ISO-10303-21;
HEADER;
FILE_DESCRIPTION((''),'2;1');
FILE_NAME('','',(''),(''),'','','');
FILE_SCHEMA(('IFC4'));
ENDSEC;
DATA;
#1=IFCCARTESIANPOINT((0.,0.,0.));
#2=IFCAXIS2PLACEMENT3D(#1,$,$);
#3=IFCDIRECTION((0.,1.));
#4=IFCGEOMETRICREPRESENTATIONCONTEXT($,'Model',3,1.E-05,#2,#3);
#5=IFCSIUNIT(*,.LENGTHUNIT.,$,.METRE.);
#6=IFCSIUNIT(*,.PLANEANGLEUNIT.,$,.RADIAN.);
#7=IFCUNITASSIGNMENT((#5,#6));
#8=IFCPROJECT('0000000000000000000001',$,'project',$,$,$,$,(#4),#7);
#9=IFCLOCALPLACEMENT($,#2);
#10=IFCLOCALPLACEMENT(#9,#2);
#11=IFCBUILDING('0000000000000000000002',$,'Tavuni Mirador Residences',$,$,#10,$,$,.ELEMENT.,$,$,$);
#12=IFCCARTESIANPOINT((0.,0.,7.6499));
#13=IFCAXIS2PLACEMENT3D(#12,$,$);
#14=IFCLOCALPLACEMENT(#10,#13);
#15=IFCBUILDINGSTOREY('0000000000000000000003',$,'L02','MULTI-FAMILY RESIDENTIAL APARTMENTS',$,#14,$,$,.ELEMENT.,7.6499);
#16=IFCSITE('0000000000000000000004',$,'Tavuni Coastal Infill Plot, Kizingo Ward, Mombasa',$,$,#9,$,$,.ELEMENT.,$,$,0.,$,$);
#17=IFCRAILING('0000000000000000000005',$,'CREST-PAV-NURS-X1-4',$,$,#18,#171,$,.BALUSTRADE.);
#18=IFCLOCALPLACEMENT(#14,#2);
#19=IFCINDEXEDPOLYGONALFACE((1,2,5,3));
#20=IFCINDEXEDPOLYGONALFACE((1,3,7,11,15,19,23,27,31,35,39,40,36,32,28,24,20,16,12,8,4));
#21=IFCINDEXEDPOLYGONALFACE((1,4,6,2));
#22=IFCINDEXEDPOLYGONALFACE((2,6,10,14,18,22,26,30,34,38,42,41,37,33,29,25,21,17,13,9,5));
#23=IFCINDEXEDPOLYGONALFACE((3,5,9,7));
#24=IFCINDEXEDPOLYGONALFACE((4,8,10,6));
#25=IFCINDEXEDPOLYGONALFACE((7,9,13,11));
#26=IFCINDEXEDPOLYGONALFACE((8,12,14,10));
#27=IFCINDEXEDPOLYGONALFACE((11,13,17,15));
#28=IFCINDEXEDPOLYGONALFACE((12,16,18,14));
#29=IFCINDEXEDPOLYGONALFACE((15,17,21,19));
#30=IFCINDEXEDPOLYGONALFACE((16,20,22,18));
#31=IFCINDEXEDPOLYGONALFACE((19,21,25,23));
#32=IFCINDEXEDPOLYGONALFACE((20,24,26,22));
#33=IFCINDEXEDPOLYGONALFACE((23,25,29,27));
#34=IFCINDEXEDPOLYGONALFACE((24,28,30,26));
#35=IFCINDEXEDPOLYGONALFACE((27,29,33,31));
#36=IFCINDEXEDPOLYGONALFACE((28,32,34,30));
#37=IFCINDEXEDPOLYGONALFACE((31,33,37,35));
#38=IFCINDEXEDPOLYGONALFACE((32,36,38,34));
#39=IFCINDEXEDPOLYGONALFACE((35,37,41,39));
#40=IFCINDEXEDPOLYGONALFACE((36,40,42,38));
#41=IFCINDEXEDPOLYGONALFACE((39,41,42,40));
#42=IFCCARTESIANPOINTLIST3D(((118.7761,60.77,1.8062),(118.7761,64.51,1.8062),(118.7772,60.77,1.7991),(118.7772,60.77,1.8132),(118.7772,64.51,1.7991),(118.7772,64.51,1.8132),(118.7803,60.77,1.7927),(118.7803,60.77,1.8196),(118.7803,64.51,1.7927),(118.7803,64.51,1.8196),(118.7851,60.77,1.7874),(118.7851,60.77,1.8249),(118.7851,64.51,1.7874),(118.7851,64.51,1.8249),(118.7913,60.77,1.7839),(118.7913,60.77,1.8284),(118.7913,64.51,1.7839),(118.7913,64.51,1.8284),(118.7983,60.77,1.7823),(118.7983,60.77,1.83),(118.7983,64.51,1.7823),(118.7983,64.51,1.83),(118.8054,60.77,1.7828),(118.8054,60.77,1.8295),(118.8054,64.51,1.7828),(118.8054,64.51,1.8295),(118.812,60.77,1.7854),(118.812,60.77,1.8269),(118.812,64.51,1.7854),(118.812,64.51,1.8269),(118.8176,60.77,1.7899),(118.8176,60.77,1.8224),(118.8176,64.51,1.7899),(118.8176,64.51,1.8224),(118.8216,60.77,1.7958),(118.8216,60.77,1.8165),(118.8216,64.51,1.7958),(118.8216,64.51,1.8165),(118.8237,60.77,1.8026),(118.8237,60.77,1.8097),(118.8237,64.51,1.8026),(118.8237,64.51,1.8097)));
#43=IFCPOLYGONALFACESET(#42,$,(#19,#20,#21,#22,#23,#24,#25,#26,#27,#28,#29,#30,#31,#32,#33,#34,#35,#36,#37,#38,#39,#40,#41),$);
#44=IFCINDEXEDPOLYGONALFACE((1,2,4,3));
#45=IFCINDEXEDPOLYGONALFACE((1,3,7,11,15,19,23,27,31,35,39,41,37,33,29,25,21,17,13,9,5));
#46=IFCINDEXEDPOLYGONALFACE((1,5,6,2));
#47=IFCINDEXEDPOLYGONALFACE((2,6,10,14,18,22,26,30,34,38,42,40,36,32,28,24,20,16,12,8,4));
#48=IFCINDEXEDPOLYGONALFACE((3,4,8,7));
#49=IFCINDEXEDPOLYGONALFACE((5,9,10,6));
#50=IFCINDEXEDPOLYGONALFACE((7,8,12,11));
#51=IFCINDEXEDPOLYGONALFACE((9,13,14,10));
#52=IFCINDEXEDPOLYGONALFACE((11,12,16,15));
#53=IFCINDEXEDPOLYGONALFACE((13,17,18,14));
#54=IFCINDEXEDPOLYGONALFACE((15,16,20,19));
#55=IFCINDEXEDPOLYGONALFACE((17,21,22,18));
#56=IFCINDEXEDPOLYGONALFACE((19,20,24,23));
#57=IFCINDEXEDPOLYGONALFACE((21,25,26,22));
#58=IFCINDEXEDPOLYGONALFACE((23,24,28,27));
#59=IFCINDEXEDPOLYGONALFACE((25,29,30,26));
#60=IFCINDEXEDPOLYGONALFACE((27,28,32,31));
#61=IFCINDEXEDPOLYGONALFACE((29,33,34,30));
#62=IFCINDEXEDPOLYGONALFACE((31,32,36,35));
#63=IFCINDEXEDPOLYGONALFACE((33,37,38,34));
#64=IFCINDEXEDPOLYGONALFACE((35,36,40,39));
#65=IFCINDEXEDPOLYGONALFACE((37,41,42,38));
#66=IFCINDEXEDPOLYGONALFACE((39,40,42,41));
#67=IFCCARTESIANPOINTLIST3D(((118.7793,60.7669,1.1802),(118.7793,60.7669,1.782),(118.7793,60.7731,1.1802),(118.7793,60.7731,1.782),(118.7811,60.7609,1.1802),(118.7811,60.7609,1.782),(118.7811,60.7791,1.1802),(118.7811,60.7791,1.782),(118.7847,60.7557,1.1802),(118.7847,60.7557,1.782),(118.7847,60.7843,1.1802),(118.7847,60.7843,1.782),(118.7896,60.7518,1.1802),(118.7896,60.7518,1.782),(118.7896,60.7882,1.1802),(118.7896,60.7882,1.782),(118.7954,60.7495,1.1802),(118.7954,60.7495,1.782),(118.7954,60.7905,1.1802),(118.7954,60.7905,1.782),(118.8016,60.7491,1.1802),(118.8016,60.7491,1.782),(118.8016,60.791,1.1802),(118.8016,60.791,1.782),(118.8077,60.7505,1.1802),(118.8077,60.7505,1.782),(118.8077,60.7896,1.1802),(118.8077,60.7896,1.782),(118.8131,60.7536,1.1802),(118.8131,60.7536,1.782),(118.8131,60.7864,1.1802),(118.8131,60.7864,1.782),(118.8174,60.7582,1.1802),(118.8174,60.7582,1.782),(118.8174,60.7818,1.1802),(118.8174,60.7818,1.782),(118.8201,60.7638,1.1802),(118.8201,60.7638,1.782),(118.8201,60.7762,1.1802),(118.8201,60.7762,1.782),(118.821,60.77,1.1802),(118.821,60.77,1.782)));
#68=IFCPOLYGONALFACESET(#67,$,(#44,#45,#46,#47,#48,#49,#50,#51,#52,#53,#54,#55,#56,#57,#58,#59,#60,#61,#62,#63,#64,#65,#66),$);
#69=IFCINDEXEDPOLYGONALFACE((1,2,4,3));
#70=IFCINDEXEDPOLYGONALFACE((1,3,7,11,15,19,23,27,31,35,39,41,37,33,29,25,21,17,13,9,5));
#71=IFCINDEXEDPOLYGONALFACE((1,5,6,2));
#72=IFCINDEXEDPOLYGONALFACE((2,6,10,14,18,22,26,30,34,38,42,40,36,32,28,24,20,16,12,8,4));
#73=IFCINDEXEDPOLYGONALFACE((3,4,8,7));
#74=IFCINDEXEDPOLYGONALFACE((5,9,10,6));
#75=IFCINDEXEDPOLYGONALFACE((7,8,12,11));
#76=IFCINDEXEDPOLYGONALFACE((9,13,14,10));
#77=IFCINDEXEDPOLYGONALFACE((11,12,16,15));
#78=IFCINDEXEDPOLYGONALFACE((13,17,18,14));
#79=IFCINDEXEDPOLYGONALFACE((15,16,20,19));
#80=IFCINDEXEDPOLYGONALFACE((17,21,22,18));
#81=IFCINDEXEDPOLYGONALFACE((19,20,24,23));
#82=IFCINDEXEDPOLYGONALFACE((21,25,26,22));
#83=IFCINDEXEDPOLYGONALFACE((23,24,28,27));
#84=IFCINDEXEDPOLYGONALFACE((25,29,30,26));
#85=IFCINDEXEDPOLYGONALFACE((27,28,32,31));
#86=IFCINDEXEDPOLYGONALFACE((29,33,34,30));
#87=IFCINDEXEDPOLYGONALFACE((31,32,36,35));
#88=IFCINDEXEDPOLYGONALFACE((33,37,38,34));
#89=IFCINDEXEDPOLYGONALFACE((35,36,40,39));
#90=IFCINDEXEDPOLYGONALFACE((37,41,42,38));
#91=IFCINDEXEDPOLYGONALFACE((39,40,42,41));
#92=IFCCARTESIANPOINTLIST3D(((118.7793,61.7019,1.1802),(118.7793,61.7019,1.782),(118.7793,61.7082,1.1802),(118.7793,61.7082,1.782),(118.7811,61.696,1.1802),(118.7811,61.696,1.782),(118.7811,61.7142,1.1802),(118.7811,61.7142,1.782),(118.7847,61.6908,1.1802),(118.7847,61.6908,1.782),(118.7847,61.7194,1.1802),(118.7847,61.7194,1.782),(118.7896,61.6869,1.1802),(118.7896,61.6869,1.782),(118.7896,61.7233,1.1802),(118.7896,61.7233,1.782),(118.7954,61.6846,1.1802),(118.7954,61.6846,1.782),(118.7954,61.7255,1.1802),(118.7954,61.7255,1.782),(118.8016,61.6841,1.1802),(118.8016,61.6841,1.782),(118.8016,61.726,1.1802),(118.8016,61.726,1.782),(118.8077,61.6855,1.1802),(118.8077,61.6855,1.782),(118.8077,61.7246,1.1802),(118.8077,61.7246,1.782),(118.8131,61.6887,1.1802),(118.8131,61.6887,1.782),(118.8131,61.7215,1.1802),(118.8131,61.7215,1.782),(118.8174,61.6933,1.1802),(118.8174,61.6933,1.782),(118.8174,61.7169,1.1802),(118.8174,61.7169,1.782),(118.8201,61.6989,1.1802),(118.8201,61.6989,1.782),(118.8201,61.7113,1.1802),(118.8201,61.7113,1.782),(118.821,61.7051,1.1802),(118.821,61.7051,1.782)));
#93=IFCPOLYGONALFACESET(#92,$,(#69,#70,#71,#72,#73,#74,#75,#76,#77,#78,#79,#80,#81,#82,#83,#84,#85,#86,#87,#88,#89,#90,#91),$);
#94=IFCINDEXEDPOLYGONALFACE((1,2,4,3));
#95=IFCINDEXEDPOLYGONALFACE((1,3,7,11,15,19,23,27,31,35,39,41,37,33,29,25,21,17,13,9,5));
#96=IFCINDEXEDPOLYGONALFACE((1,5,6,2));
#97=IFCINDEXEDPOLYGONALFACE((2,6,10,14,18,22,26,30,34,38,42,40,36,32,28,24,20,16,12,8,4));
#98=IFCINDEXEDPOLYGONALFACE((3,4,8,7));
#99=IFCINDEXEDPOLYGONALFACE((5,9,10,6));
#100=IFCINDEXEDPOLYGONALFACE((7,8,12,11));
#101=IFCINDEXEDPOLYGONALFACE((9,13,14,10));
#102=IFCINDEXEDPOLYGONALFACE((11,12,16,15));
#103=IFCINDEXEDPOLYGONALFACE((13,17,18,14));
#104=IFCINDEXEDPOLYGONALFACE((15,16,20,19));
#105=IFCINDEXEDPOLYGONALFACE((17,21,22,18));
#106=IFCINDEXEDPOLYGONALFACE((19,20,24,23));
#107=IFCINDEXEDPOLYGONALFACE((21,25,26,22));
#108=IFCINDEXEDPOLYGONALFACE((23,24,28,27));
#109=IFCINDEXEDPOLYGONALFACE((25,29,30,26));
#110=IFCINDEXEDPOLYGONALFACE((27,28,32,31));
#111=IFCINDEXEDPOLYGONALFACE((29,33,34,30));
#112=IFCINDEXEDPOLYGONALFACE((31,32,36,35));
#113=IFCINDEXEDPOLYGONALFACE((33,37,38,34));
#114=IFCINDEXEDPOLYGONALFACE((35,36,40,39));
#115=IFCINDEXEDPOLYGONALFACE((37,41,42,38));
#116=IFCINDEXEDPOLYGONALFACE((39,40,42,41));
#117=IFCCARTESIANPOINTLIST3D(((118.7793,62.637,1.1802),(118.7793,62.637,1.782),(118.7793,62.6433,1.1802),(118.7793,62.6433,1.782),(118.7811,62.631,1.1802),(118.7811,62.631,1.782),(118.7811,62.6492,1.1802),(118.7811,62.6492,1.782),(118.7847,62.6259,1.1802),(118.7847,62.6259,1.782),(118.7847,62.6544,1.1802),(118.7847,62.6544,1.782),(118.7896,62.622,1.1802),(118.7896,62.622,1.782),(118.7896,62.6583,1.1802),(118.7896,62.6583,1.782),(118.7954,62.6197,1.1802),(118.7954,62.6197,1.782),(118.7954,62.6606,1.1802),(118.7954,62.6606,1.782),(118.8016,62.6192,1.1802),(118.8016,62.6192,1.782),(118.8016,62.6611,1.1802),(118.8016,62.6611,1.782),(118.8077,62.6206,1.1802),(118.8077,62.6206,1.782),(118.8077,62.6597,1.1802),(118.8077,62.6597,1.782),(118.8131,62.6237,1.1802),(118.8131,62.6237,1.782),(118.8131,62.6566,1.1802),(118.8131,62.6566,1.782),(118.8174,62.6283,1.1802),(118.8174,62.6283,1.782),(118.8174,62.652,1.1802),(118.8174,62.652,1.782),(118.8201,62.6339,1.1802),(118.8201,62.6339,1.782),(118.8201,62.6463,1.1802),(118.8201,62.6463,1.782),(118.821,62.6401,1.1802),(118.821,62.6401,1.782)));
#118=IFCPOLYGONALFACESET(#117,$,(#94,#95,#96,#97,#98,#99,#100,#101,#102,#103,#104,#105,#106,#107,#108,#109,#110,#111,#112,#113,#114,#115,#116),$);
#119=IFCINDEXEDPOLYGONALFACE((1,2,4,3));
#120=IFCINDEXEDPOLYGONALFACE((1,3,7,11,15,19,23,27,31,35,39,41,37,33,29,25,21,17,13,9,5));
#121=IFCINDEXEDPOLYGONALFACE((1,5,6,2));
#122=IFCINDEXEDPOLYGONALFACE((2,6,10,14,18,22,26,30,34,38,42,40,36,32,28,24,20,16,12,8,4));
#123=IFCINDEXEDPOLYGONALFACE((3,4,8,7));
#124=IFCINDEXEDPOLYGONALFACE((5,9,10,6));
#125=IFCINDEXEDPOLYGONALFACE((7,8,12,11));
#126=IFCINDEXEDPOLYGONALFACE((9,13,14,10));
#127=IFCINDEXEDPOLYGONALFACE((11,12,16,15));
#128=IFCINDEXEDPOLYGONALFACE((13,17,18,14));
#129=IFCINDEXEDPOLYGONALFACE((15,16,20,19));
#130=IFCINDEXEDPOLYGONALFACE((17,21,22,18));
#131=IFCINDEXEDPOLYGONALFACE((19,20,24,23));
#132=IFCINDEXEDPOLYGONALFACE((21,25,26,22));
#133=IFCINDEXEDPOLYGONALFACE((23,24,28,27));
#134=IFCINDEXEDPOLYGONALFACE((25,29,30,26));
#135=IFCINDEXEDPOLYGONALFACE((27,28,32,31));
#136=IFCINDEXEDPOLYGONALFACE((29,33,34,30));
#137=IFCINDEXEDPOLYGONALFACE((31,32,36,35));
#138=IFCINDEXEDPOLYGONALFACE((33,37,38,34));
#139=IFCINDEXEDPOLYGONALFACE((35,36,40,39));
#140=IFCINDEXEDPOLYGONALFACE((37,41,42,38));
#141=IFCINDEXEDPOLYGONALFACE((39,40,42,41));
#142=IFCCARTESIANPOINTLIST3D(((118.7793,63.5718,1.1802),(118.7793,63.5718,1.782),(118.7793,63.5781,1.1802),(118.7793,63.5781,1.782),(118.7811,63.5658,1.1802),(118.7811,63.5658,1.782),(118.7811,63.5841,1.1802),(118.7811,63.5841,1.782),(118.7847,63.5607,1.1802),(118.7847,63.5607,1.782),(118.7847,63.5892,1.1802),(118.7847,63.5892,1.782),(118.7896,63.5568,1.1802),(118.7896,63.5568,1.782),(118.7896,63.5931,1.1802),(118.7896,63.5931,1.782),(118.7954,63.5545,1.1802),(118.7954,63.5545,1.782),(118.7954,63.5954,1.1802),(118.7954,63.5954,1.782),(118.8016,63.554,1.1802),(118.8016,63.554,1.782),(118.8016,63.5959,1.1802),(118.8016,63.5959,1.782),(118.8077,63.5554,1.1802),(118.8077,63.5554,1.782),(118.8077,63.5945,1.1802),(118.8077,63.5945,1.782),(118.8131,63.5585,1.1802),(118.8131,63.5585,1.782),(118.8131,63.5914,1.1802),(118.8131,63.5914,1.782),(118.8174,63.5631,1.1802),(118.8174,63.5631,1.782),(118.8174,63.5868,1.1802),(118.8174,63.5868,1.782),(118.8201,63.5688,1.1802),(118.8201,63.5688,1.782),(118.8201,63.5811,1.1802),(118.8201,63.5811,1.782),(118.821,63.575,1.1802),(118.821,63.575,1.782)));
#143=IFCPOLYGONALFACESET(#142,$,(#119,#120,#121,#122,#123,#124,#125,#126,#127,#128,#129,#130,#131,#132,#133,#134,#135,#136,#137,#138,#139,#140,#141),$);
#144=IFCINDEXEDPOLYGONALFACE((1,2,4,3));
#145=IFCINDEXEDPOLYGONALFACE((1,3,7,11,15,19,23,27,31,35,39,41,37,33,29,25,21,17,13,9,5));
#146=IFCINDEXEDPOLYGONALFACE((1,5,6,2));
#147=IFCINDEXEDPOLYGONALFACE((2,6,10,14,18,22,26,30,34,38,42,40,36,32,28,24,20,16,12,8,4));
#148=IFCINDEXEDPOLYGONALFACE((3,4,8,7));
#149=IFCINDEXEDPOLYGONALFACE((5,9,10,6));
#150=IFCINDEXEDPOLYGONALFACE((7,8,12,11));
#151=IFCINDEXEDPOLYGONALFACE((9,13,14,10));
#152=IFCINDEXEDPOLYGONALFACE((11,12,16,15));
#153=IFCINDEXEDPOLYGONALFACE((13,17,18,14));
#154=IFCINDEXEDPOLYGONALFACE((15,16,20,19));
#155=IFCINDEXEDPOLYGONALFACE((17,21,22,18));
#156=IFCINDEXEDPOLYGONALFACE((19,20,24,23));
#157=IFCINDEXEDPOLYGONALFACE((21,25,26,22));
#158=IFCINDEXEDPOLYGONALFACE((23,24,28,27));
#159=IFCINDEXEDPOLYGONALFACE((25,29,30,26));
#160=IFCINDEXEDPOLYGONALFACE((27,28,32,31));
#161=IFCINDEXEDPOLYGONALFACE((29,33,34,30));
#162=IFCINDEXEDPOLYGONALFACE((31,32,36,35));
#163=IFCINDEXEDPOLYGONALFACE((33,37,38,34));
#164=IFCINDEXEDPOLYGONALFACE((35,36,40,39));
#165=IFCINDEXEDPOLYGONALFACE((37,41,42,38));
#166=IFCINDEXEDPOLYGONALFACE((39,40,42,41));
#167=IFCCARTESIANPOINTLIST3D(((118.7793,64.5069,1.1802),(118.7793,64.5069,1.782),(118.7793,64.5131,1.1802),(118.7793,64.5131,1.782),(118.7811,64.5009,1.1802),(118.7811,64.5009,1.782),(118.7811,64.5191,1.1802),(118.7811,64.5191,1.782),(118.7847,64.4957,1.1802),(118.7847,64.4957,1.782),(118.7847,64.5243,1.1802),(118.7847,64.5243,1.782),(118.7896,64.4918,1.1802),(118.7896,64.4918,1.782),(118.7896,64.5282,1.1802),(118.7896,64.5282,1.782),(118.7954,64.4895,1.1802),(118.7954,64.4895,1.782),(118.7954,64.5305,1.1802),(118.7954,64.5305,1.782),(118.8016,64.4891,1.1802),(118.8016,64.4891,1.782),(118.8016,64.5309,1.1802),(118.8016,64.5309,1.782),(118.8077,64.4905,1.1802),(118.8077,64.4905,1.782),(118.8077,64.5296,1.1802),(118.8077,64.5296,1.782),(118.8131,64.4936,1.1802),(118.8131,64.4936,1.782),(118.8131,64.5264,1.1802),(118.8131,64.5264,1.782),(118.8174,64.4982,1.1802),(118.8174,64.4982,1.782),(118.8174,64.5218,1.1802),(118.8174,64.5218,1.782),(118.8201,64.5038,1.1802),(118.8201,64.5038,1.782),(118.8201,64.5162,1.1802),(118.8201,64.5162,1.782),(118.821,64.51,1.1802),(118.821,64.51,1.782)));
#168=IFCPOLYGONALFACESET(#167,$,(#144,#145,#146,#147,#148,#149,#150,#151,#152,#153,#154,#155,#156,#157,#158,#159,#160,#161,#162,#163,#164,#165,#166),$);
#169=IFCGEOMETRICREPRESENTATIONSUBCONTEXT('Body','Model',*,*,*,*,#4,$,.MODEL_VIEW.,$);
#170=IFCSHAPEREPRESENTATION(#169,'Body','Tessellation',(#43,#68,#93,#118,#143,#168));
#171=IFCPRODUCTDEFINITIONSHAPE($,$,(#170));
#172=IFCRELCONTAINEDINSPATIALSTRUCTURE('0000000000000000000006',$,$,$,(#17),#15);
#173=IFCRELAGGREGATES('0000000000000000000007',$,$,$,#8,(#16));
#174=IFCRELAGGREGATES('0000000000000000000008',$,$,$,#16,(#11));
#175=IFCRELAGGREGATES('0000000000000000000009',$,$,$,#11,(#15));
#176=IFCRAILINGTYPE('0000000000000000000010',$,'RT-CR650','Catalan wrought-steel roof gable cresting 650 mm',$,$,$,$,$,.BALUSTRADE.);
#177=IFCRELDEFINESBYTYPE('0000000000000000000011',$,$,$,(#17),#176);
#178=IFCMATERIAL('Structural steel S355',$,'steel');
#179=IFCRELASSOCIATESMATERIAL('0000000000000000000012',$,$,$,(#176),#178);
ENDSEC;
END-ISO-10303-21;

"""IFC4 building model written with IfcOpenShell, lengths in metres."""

from ifc_helpers import new_model, si_unit, direction, frame, origin, origin_2d, place, context, subcontext, project, spatial, circle, extrude, material, type_object, element, save


model = new_model("IFC4")

# Units and contexts
model_context = context("Model", 3, precision=1e-05, world=origin(), true_north=direction((0.0, 1.0)))
body_context = subcontext(model_context, "Body", "Model", "MODEL_VIEW")
ifc_project = project(units=[si_unit("LENGTHUNIT", "METRE"), si_unit("PLANEANGLEUNIT", "RADIAN")], contexts=[model_context])

# Site, building, storey
site_placement = place(None, origin())
site = spatial("IfcSite", under=ifc_project, at=site_placement, Name="Tavuni Coastal Infill Plot, Kizingo Ward, Mombasa", CompositionType="ELEMENT", RefElevation=0.0)
building_placement = place(site_placement, origin())
building = spatial("IfcBuilding", under=site, at=building_placement, Name="Tavuni Mirador Residences", CompositionType="ELEMENT")
storey_placement = place(building_placement, frame((0.0, 0.0, 7.6499)))
storey = spatial("IfcBuildingStorey", under=building, at=storey_placement, Name="L02", Description="MULTI-FAMILY RESIDENTIAL APARTMENTS", CompositionType="ELEMENT", Elevation=7.6499)

# Shared definitions
ifc_material_1 = material(Name="Structural steel S355", Category="steel")

# Railing
railing_type = type_object("IfcRailingType", Name="RT-CR650", Description="Catalan wrought-steel roof gable cresting 650 mm", PredefinedType="BALUSTRADE", material=ifc_material_1)
for number, where, name in (
    (1, (118.8, 60.77, 1.1802), "CREST-PAV-NURS-X1-4"),
):
    element("IfcRailing", number, at=place(storey_placement, frame(where)), inside=storey, type_object=railing_type, Name=name, PredefinedType="BALUSTRADE", context=body_context, shape_type="SweptSolid", body=[
        extrude(circle(Radius=0.0239, at=origin_2d()), frame((0.0, 0.0, 0.626), z_axis=(0.0, 1.0, 0.0), x_axis=(-1.0, 0.0, 0.0)), (0.0, 0.0, 1.0), 3.74),
        extrude(circle(Radius=0.021, at=origin_2d()), origin(), (0.0, 0.0, 1.0), 0.6018),
        extrude(circle(Radius=0.021, at=origin_2d()), frame((0.0, 0.9351, 0.0)), (0.0, 0.0, 1.0), 0.6018),
        extrude(circle(Radius=0.021, at=origin_2d()), frame((0.0, 1.8701, 0.0)), (0.0, 0.0, 1.0), 0.6018),
        extrude(circle(Radius=0.021, at=origin_2d()), frame((0.0, 2.8049, 0.0)), (0.0, 0.0, 1.0), 0.6018),
        extrude(circle(Radius=0.021, at=origin_2d()), frame((0.0, 3.74, 0.0)), (0.0, 0.0, 1.0), 0.6018),
    ])

save(model, "model.ifc")
